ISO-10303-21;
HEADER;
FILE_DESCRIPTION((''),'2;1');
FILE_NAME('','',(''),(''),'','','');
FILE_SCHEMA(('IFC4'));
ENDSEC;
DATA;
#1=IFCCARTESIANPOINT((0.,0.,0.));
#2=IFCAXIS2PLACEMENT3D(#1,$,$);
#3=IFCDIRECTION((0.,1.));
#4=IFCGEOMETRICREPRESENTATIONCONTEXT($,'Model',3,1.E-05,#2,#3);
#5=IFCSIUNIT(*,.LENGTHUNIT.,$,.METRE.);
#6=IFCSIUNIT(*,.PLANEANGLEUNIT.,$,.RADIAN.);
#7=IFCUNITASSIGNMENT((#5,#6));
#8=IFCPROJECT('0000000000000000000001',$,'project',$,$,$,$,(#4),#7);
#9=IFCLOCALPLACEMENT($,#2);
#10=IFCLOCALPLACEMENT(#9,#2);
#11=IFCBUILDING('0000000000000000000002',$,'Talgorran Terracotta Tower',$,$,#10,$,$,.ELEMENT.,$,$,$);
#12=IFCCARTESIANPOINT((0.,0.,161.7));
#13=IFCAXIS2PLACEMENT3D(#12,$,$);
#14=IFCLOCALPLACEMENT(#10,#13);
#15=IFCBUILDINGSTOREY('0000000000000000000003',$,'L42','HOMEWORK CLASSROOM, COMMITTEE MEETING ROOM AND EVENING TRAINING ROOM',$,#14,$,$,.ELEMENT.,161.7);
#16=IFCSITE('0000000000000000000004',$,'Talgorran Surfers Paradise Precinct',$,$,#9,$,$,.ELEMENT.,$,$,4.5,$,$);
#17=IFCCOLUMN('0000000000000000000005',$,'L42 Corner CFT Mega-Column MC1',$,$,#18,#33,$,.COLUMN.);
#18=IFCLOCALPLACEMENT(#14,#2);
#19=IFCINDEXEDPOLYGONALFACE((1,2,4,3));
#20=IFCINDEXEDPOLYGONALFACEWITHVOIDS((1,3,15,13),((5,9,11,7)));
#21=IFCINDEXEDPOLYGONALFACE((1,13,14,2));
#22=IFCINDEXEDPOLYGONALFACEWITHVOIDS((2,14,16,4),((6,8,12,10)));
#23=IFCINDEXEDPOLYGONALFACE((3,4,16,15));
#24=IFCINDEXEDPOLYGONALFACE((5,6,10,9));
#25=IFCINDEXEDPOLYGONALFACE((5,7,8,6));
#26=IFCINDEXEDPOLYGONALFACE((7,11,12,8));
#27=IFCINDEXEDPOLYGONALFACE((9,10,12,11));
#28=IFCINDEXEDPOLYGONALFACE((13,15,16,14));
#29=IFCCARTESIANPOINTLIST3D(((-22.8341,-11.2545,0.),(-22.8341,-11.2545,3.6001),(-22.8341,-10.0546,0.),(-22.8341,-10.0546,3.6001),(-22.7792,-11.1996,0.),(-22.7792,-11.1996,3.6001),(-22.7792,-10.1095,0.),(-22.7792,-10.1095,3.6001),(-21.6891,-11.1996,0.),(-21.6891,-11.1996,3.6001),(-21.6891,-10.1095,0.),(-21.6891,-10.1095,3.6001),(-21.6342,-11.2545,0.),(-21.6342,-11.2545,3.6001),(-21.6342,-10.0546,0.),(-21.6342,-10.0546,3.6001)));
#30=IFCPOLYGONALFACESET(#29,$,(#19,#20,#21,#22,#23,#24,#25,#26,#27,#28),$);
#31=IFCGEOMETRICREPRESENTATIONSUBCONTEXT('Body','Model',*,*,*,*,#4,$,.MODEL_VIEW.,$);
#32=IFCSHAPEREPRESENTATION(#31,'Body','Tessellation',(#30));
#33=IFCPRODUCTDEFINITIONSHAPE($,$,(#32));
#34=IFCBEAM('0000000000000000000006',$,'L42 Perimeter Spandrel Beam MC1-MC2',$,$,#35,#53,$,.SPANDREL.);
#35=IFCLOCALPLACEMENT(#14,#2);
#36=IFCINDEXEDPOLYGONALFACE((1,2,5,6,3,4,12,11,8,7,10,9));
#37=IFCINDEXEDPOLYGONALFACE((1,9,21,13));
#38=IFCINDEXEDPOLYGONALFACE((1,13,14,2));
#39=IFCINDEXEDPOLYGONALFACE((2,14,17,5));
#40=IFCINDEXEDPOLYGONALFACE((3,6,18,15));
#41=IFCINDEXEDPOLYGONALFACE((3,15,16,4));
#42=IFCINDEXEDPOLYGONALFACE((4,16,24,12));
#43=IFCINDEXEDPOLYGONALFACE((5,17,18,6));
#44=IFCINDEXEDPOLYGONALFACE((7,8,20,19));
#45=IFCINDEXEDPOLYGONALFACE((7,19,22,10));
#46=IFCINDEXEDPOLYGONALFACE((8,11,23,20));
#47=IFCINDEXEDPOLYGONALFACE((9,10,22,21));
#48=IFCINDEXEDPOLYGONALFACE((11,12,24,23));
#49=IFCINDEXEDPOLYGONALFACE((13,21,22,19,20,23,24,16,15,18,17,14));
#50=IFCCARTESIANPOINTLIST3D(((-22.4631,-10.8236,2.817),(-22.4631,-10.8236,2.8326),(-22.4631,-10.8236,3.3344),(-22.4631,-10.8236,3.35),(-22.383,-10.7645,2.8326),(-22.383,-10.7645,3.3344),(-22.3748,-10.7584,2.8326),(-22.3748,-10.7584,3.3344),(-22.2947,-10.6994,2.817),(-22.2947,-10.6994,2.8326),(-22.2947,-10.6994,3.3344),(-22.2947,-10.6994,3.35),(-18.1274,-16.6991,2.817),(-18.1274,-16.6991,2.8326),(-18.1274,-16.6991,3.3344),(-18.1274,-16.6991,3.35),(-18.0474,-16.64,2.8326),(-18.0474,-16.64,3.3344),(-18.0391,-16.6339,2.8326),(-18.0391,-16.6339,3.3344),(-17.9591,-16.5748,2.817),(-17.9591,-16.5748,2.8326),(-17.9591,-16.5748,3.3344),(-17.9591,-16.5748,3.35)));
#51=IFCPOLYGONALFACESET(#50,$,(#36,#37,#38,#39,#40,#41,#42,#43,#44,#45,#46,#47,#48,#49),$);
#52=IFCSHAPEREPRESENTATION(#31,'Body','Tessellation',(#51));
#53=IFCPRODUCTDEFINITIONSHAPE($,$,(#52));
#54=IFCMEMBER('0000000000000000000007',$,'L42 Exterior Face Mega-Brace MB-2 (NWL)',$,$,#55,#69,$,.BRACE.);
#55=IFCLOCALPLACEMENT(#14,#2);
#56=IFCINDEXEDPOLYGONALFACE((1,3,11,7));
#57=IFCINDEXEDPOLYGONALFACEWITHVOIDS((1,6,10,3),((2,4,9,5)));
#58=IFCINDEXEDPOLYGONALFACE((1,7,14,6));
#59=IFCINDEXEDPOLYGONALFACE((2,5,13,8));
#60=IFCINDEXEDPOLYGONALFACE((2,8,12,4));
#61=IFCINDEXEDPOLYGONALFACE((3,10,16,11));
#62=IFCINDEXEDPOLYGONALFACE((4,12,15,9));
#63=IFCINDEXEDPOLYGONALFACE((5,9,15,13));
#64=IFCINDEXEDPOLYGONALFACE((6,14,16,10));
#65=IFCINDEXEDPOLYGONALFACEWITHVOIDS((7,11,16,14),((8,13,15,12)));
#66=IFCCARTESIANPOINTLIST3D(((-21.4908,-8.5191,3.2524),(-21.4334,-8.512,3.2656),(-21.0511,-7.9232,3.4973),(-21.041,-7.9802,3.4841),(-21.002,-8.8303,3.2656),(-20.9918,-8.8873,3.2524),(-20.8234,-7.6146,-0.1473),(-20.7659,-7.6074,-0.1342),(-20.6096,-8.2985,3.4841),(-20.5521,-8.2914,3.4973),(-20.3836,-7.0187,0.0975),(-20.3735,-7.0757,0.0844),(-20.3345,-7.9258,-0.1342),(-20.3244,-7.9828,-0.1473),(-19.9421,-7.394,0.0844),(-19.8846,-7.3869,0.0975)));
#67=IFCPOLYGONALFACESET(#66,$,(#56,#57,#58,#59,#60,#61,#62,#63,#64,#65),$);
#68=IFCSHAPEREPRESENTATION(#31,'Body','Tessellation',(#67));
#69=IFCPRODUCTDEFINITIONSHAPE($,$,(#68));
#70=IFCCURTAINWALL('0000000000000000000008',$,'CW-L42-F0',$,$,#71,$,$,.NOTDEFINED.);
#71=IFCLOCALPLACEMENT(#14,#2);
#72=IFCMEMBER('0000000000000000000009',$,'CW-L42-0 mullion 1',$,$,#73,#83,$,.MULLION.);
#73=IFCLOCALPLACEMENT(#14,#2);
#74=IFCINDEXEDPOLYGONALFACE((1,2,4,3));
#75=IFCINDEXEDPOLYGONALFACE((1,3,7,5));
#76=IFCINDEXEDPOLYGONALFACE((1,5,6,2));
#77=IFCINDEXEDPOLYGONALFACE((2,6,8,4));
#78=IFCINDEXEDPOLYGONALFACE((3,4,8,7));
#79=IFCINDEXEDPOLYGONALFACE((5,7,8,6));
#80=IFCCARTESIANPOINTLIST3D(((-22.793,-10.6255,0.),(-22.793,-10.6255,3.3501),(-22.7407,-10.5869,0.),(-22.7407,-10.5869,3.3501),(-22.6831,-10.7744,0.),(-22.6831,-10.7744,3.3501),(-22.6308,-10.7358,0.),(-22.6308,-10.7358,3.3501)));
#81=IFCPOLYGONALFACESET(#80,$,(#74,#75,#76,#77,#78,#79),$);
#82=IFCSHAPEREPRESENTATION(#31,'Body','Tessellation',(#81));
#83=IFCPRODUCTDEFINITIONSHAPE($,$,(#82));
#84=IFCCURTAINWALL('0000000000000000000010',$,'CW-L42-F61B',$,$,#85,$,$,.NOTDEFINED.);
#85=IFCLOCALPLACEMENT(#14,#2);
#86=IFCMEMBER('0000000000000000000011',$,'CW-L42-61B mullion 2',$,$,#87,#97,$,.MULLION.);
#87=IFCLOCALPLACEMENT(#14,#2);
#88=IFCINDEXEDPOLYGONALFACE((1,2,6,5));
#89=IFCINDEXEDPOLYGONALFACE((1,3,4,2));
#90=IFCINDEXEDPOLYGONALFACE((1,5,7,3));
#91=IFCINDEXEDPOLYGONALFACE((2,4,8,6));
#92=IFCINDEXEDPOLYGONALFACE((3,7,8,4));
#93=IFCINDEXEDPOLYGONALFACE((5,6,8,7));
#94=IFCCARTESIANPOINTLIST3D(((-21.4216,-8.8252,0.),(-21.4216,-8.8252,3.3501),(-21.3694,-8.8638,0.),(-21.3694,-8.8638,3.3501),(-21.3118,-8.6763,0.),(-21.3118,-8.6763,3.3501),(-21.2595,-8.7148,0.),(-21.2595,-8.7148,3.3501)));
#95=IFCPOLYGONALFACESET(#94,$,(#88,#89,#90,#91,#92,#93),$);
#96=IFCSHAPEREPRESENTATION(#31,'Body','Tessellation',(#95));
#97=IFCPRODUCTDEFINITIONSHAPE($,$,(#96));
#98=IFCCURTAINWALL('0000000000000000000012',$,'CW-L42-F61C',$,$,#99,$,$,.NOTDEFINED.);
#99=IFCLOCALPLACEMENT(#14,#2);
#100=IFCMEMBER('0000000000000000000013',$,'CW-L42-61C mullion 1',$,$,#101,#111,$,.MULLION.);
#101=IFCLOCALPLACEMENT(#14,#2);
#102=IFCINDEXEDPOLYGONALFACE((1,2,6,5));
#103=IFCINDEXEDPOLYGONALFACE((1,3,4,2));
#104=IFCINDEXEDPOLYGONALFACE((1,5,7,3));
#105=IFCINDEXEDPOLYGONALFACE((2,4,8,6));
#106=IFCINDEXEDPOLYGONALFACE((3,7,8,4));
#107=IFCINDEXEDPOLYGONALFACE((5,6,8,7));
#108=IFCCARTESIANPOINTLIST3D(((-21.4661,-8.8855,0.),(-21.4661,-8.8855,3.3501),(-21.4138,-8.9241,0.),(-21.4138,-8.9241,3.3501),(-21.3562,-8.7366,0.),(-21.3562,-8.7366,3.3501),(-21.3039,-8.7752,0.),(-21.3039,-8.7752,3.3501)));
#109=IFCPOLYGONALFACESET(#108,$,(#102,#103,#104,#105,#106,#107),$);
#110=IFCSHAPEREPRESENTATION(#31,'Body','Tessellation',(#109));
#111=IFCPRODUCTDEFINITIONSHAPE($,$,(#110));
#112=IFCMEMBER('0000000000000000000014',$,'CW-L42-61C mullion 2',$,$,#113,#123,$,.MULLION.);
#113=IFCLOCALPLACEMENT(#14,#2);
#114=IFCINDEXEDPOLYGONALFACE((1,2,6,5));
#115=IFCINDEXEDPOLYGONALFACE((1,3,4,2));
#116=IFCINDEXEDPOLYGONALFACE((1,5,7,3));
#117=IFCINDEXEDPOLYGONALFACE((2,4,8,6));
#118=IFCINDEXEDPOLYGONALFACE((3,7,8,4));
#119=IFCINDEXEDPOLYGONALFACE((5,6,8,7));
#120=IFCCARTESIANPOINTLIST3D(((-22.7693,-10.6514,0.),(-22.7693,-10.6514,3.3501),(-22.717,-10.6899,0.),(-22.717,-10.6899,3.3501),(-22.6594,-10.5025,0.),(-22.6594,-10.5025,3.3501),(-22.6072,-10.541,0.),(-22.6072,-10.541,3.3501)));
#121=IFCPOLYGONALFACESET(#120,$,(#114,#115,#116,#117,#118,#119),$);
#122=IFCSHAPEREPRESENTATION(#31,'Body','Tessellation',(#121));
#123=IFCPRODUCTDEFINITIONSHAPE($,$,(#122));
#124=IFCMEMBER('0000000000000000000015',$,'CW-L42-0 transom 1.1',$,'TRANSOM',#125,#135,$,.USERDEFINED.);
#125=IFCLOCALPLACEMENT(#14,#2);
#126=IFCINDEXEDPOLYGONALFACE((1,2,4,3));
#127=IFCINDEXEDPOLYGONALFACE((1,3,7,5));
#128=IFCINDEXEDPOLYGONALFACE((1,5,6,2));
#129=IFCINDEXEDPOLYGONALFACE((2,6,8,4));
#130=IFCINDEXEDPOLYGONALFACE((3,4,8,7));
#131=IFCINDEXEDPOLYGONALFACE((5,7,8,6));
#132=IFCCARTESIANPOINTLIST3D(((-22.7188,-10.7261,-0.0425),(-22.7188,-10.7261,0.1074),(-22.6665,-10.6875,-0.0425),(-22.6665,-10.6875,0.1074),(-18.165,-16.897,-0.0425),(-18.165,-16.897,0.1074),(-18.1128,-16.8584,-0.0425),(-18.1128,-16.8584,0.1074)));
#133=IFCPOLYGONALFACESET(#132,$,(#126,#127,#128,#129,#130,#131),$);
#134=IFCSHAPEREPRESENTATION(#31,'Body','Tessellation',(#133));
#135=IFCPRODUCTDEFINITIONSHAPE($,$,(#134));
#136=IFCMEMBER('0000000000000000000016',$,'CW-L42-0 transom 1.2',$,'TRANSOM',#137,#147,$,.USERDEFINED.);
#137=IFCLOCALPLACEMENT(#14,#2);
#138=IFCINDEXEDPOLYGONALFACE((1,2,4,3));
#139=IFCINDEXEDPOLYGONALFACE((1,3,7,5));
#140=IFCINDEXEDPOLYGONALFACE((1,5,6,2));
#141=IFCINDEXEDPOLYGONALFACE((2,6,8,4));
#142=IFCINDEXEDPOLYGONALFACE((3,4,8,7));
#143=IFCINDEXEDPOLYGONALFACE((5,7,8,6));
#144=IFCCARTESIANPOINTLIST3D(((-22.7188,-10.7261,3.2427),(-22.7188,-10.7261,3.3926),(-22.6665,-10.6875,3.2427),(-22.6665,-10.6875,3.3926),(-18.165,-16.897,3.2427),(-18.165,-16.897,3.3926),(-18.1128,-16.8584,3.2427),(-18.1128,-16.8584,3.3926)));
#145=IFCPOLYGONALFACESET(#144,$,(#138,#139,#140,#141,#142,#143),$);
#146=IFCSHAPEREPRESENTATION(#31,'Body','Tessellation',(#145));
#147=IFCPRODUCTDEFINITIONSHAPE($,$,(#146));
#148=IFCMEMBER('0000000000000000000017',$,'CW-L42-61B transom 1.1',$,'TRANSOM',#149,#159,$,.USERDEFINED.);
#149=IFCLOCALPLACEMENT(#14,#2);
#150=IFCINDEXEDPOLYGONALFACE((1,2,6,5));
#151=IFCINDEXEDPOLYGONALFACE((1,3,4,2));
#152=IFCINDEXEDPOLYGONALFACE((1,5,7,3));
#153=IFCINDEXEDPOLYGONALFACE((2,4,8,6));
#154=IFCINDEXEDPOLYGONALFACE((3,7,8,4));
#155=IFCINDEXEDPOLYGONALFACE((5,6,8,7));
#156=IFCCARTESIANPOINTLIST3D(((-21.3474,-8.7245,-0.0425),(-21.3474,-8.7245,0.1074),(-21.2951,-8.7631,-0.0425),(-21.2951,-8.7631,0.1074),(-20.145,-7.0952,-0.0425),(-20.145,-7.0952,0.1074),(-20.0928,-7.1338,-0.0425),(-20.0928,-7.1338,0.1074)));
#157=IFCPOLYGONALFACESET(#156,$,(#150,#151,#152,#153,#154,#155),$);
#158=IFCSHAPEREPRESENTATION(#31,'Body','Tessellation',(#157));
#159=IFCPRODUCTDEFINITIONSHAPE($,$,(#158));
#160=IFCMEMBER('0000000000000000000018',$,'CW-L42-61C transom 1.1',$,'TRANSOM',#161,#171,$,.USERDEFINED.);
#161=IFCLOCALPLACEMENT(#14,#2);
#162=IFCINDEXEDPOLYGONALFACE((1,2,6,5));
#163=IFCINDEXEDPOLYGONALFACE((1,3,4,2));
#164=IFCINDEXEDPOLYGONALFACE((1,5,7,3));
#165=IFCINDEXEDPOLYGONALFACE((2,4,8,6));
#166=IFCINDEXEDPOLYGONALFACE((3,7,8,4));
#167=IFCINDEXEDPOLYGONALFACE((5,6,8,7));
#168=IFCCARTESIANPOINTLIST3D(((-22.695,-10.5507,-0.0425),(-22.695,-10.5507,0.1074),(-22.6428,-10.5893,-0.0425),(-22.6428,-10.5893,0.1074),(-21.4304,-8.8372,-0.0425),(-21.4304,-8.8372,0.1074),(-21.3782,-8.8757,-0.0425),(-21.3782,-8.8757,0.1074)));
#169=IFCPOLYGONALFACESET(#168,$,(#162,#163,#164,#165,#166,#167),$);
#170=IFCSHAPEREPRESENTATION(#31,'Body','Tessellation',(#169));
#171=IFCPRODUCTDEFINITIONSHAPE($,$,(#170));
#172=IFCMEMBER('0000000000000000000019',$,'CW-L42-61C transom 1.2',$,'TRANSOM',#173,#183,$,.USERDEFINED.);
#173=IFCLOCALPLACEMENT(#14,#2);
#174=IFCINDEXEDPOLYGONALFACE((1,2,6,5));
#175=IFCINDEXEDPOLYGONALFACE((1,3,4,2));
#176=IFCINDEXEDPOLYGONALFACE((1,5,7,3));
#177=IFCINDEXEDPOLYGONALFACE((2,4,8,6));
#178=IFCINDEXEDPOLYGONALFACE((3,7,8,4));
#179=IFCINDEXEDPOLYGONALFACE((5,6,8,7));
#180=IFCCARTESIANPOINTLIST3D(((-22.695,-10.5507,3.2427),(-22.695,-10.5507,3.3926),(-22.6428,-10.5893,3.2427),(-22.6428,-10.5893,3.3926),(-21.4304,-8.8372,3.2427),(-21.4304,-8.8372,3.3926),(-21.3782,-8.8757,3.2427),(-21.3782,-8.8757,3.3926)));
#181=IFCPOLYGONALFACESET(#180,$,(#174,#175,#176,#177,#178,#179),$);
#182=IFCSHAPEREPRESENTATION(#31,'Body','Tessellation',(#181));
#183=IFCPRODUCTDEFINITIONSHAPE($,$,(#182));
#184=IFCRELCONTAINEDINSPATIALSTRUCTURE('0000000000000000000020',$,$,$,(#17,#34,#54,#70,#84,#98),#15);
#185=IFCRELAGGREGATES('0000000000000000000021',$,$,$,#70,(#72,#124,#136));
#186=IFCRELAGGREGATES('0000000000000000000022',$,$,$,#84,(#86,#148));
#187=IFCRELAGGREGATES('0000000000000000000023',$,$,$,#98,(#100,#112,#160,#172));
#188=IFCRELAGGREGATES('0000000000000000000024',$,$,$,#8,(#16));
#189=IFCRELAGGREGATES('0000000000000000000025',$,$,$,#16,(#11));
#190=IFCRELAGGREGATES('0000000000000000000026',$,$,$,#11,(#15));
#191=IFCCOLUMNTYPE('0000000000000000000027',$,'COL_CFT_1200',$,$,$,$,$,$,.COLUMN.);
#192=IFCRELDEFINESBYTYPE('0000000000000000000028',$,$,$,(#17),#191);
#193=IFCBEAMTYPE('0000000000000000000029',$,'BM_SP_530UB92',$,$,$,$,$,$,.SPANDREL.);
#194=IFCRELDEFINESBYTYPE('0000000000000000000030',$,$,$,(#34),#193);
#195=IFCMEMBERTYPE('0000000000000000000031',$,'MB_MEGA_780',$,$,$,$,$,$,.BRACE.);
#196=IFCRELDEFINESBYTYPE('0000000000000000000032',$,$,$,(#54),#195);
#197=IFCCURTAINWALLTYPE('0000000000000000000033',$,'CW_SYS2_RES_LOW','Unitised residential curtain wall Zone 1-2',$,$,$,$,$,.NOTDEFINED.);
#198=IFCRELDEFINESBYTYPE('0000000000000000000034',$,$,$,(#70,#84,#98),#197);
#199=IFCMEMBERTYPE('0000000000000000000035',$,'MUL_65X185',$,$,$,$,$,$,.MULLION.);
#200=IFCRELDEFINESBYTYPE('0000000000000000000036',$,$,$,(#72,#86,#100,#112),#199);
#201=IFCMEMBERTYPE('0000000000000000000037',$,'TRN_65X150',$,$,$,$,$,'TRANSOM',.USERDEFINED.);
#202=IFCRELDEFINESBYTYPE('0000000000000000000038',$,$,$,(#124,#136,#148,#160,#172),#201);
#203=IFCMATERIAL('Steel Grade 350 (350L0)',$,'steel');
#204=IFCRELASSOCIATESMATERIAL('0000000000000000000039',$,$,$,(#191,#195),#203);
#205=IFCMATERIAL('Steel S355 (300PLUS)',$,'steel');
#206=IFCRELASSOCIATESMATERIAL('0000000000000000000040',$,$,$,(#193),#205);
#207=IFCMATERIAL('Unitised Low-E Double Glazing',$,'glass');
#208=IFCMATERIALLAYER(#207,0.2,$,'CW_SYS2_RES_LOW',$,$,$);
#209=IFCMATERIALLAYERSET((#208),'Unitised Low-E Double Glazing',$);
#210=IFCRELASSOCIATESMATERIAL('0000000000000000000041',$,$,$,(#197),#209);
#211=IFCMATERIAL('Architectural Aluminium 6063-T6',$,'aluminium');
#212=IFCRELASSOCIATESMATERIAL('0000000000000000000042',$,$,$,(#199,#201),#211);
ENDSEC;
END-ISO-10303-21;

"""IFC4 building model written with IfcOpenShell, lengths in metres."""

from ifc_helpers import new_model, si_unit, direction, frame, origin, origin_2d, place, context, subcontext, project, spatial, rectangle, hollow_rectangle, i_section, extrude, material, layer, layer_set, material_profile, profile_set, type_object, element, aggregate, save


model = new_model("IFC4")

# Units and contexts
model_context = context("Model", 3, precision=1e-05, world=origin(), true_north=direction((0.0, 1.0)))
body_context = subcontext(model_context, "Body", "Model", "MODEL_VIEW")
ifc_project = project(units=[si_unit("LENGTHUNIT", "METRE"), si_unit("PLANEANGLEUNIT", "RADIAN")], contexts=[model_context])

# Site, building, storey
site_placement = place(None, origin())
site = spatial("IfcSite", under=ifc_project, at=site_placement, Name="Talgorran Surfers Paradise Precinct", CompositionType="ELEMENT", RefElevation=4.5)
building_placement = place(site_placement, origin())
building = spatial("IfcBuilding", under=site, at=building_placement, Name="Talgorran Terracotta Tower", CompositionType="ELEMENT")
storey_placement = place(building_placement, frame((0.0, 0.0, 161.7)))
storey = spatial("IfcBuildingStorey", under=building, at=storey_placement, Name="L42", Description="HOMEWORK CLASSROOM, COMMITTEE MEETING ROOM AND EVENING TRAINING ROOM", CompositionType="ELEMENT", Elevation=161.7)

# Column
ifc_material_1 = material(Name="Steel Grade 350 (350L0)", Category="steel")
ifc_material_profile_1 = material_profile(ifc_material_1, hollow_rectangle(XDim=1.2, YDim=1.2, WallThickness=0.0549, at=origin_2d()), Name="CFT1200X1200X55")
ifc_profile_set_1 = profile_set([ifc_material_profile_1], Name="Steel Grade 350 (350L0)")
column_type = type_object("IfcColumnType", Name="COL_CFT_1200", PredefinedType="COLUMN", material=ifc_profile_set_1)
column_placement = place(storey_placement, frame((-22.2341, -10.6545, 0.0), z_axis=(0.0, 0.0, 1.0), x_axis=(1.0, 0.0, 0.0)))
element("IfcColumn", 1, at=column_placement, inside=storey, type_object=column_type, Name="L42 Corner CFT Mega-Column MC1", PredefinedType="COLUMN", context=body_context, shape_type="SweptSolid", body=[
    extrude(hollow_rectangle(XDim=1.2, YDim=1.2, WallThickness=0.0549, at=origin_2d()), origin(), (0.0, 0.0, 1.0), 3.6001),
])

# Beam
ifc_material_2 = material(Name="Steel S355 (300PLUS)", Category="steel")
ifc_material_profile_2 = material_profile(ifc_material_2, i_section(OverallWidth=0.2092, OverallDepth=0.533, WebThickness=0.0103, FlangeThickness=0.0156, at=origin_2d()), Name="530UB92.4")
ifc_profile_set_2 = profile_set([ifc_material_profile_2], Name="Steel S355 (300PLUS)")
beam_type = type_object("IfcBeamType", Name="BM_SP_530UB92", PredefinedType="SPANDREL", material=ifc_profile_set_2)
beam_placement = place(storey_placement, frame((-22.3789, -10.7615, 3.0835), z_axis=(0.593766, -0.804638, 0.0), x_axis=(0.804638, 0.593766, 0.0)))
element("IfcBeam", 2, at=beam_placement, inside=storey, type_object=beam_type, Name="L42 Perimeter Spandrel Beam MC1-MC2", PredefinedType="SPANDREL", context=body_context, shape_type="SweptSolid", body=[
    extrude(i_section(OverallWidth=0.2092, OverallDepth=0.533, WebThickness=0.0103, FlangeThickness=0.0156, at=origin_2d()), origin(), (0.0, 0.0, 1.0), 7.302),
])

# Member
ifc_material_profile_3 = material_profile(ifc_material_1, hollow_rectangle(XDim=0.6201, YDim=0.78, WallThickness=0.042, at=origin_2d()), Name="WBOX780X620X42")
ifc_profile_set_3 = profile_set([ifc_material_profile_3], Name="Steel Grade 350 (350L0)")
member_type_1 = type_object("IfcMemberType", Name="MB_MEGA_780", PredefinedType="BRACE", material=ifc_profile_set_3)
member_1_placement = place(storey_placement, frame((-20.354, -7.5007, -0.0249), z_axis=(-0.186399, -0.252599, 0.949447), x_axis=(0.804641, -0.593762, 0.0)))
element("IfcMember", 3, at=member_1_placement, inside=storey, type_object=member_type_1, Name="L42 Exterior Face Mega-Brace MB-2 (NWL)", PredefinedType="BRACE", context=body_context, shape_type="SweptSolid", body=[
    extrude(hollow_rectangle(XDim=0.6201, YDim=0.78, WallThickness=0.042, at=origin_2d()), origin(), (0.0, 0.0, 1.0), 3.5808),
])

# Curtain walls, members
ifc_material_3 = material(Name="Unitised Low-E Double Glazing", Category="glass")
ifc_layer_1 = layer(ifc_material_3, 0.2, Name="CW_SYS2_RES_LOW")
ifc_layer_set_1 = layer_set([ifc_layer_1], Name="Unitised Low-E Double Glazing")
curtain_wall_type = type_object("IfcCurtainWallType", Name="CW_SYS2_RES_LOW", Description="Unitised residential curtain wall Zone 1-2", PredefinedType="NOTDEFINED", material=ifc_layer_set_1)
curtain_wall_1_placement = place(storey_placement, origin())
curtain_wall_1 = element("IfcCurtainWall", 4, at=curtain_wall_1_placement, inside=storey, type_object=curtain_wall_type, Name="CW-L42-F0", PredefinedType="NOTDEFINED")
ifc_material_4 = material(Name="Architectural Aluminium 6063-T6", Category="aluminium")
ifc_material_profile_4 = material_profile(ifc_material_4, rectangle(XDim=0.0649, YDim=0.1851, at=origin_2d()), Name="CWM65X185")
ifc_profile_set_4 = profile_set([ifc_material_profile_4], Name="Architectural Aluminium 6063-T6")
member_type_2 = type_object("IfcMemberType", Name="MUL_65X185", PredefinedType="MULLION", material=ifc_profile_set_4)
member_2_placement = place(storey_placement, frame((-22.7119, -10.6807, 0.0), z_axis=(0.0, 0.0, 1.0), x_axis=(0.80462, 0.593791, 0.0)))
member_2 = element("IfcMember", 5, at=member_2_placement, type_object=member_type_2, Name="CW-L42-0 mullion 1", PredefinedType="MULLION", context=body_context, shape_type="SweptSolid", body=[
    extrude(rectangle(XDim=0.0649, YDim=0.1851, at=origin_2d()), origin(), (0.0, 0.0, 1.0), 3.3501),
])
curtain_wall_2_placement = place(storey_placement, origin())
curtain_wall_2 = element("IfcCurtainWall", 6, at=curtain_wall_2_placement, inside=storey, type_object=curtain_wall_type, Name="CW-L42-F61B", PredefinedType="NOTDEFINED")
member_3_placement = place(storey_placement, frame((-21.3406, -8.77, 0.0), z_axis=(0.0, 0.0, 1.0), x_axis=(0.804621, -0.593789, 0.0)))
member_3 = element("IfcMember", 7, at=member_3_placement, type_object=member_type_2, Name="CW-L42-61B mullion 2", PredefinedType="MULLION", context=body_context, shape_type="SweptSolid", body=[
    extrude(rectangle(XDim=0.0649, YDim=0.1851, at=origin_2d()), origin(), (0.0, 0.0, 1.0), 3.3501),
])

# Curtain wall, members
curtain_wall_3_placement = place(storey_placement, origin())
curtain_wall_3 = element("IfcCurtainWall", 8, at=curtain_wall_3_placement, inside=storey, type_object=curtain_wall_type, Name="CW-L42-F61C", PredefinedType="NOTDEFINED")
member_4_placement = place(storey_placement, frame((-21.385, -8.8303, 0.0), z_axis=(0.0, 0.0, 1.0), x_axis=(0.804617, -0.593794, 0.0)))
member_4 = element("IfcMember", 9, at=member_4_placement, type_object=member_type_2, Name="CW-L42-61C mullion 1", PredefinedType="MULLION", context=body_context, shape_type="SweptSolid", body=[
    extrude(rectangle(XDim=0.0649, YDim=0.1851, at=origin_2d()), origin(), (0.0, 0.0, 1.0), 3.3501),
])
member_5_placement = place(storey_placement, frame((-22.6882, -10.5962, 0.0), z_axis=(0.0, 0.0, 1.0), x_axis=(0.804617, -0.593794, 0.0)))
member_5 = element("IfcMember", 10, at=member_5_placement, type_object=member_type_2, Name="CW-L42-61C mullion 2", PredefinedType="MULLION", context=body_context, shape_type="SweptSolid", body=[
    extrude(rectangle(XDim=0.0649, YDim=0.1851, at=origin_2d()), origin(), (0.0, 0.0, 1.0), 3.3501),
])

# Members
ifc_material_profile_5 = material_profile(ifc_material_4, rectangle(XDim=0.0649, YDim=0.1499, at=origin_2d()), Name="CWT65X150")
ifc_profile_set_5 = profile_set([ifc_material_profile_5], Name="Architectural Aluminium 6063-T6")
member_type_3 = type_object("IfcMemberType", Name="TRN_65X150", ElementType="TRANSOM", PredefinedType="USERDEFINED", material=ifc_profile_set_5)
member_6_placement = place(storey_placement, frame((-22.6926, -10.7068, 0.0325), z_axis=(0.593768, -0.804636, 0.0), x_axis=(0.804636, 0.593768, 0.0)))
member_6 = element("IfcMember", 11, at=member_6_placement, type_object=member_type_3, Name="CW-L42-0 transom 1.1", ObjectType="TRANSOM", PredefinedType="USERDEFINED", context=body_context, shape_type="SweptSolid", body=[
    extrude(rectangle(XDim=0.0649, YDim=0.1499, at=origin_2d()), origin(), (0.0, 0.0, 1.0), 7.6692),
])
member_7_placement = place(storey_placement, frame((-22.6926, -10.7068, 3.3176), z_axis=(0.593768, -0.804636, 0.0), x_axis=(0.804636, 0.593768, 0.0)))
member_7 = element("IfcMember", 12, at=member_7_placement, type_object=member_type_3, Name="CW-L42-0 transom 1.2", ObjectType="TRANSOM", PredefinedType="USERDEFINED", context=body_context, shape_type="SweptSolid", body=[
    extrude(rectangle(XDim=0.0649, YDim=0.1499, at=origin_2d()), origin(), (0.0, 0.0, 1.0), 7.6692),
])
member_8_placement = place(storey_placement, frame((-20.1189, -7.1145, 0.0325), z_axis=(-0.593771, -0.804634, 0.0), x_axis=(0.804634, -0.593771, 0.0)))
member_8 = element("IfcMember", 13, at=member_8_placement, type_object=member_type_3, Name="CW-L42-61B transom 1.1", ObjectType="TRANSOM", PredefinedType="USERDEFINED", context=body_context, shape_type="SweptSolid", body=[
    extrude(rectangle(XDim=0.0649, YDim=0.1499, at=origin_2d()), origin(), (0.0, 0.0, 1.0), 2.0249),
])
member_9_placement = place(storey_placement, frame((-21.4043, -8.8564, 0.0325), z_axis=(-0.593801, -0.804612, 0.0), x_axis=(0.804612, -0.593801, 0.0)))
member_9 = element("IfcMember", 14, at=member_9_placement, type_object=member_type_3, Name="CW-L42-61C transom 1.1", ObjectType="TRANSOM", PredefinedType="USERDEFINED", context=body_context, shape_type="SweptSolid", body=[
    extrude(rectangle(XDim=0.0649, YDim=0.1499, at=origin_2d()), origin(), (0.0, 0.0, 1.0), 2.1296),
])
member_10_placement = place(storey_placement, frame((-21.4043, -8.8564, 3.3176), z_axis=(-0.593801, -0.804612, 0.0), x_axis=(0.804612, -0.593801, 0.0)))
member_10 = element("IfcMember", 15, at=member_10_placement, type_object=member_type_3, Name="CW-L42-61C transom 1.2", ObjectType="TRANSOM", PredefinedType="USERDEFINED", context=body_context, shape_type="SweptSolid", body=[
    extrude(rectangle(XDim=0.0649, YDim=0.1499, at=origin_2d()), origin(), (0.0, 0.0, 1.0), 2.1296),
])

aggregate(curtain_wall_1, [member_2, member_6, member_7])
aggregate(curtain_wall_2, [member_3, member_8])
aggregate(curtain_wall_3, [member_4, member_5, member_9, member_10])

save(model, "model.ifc")
